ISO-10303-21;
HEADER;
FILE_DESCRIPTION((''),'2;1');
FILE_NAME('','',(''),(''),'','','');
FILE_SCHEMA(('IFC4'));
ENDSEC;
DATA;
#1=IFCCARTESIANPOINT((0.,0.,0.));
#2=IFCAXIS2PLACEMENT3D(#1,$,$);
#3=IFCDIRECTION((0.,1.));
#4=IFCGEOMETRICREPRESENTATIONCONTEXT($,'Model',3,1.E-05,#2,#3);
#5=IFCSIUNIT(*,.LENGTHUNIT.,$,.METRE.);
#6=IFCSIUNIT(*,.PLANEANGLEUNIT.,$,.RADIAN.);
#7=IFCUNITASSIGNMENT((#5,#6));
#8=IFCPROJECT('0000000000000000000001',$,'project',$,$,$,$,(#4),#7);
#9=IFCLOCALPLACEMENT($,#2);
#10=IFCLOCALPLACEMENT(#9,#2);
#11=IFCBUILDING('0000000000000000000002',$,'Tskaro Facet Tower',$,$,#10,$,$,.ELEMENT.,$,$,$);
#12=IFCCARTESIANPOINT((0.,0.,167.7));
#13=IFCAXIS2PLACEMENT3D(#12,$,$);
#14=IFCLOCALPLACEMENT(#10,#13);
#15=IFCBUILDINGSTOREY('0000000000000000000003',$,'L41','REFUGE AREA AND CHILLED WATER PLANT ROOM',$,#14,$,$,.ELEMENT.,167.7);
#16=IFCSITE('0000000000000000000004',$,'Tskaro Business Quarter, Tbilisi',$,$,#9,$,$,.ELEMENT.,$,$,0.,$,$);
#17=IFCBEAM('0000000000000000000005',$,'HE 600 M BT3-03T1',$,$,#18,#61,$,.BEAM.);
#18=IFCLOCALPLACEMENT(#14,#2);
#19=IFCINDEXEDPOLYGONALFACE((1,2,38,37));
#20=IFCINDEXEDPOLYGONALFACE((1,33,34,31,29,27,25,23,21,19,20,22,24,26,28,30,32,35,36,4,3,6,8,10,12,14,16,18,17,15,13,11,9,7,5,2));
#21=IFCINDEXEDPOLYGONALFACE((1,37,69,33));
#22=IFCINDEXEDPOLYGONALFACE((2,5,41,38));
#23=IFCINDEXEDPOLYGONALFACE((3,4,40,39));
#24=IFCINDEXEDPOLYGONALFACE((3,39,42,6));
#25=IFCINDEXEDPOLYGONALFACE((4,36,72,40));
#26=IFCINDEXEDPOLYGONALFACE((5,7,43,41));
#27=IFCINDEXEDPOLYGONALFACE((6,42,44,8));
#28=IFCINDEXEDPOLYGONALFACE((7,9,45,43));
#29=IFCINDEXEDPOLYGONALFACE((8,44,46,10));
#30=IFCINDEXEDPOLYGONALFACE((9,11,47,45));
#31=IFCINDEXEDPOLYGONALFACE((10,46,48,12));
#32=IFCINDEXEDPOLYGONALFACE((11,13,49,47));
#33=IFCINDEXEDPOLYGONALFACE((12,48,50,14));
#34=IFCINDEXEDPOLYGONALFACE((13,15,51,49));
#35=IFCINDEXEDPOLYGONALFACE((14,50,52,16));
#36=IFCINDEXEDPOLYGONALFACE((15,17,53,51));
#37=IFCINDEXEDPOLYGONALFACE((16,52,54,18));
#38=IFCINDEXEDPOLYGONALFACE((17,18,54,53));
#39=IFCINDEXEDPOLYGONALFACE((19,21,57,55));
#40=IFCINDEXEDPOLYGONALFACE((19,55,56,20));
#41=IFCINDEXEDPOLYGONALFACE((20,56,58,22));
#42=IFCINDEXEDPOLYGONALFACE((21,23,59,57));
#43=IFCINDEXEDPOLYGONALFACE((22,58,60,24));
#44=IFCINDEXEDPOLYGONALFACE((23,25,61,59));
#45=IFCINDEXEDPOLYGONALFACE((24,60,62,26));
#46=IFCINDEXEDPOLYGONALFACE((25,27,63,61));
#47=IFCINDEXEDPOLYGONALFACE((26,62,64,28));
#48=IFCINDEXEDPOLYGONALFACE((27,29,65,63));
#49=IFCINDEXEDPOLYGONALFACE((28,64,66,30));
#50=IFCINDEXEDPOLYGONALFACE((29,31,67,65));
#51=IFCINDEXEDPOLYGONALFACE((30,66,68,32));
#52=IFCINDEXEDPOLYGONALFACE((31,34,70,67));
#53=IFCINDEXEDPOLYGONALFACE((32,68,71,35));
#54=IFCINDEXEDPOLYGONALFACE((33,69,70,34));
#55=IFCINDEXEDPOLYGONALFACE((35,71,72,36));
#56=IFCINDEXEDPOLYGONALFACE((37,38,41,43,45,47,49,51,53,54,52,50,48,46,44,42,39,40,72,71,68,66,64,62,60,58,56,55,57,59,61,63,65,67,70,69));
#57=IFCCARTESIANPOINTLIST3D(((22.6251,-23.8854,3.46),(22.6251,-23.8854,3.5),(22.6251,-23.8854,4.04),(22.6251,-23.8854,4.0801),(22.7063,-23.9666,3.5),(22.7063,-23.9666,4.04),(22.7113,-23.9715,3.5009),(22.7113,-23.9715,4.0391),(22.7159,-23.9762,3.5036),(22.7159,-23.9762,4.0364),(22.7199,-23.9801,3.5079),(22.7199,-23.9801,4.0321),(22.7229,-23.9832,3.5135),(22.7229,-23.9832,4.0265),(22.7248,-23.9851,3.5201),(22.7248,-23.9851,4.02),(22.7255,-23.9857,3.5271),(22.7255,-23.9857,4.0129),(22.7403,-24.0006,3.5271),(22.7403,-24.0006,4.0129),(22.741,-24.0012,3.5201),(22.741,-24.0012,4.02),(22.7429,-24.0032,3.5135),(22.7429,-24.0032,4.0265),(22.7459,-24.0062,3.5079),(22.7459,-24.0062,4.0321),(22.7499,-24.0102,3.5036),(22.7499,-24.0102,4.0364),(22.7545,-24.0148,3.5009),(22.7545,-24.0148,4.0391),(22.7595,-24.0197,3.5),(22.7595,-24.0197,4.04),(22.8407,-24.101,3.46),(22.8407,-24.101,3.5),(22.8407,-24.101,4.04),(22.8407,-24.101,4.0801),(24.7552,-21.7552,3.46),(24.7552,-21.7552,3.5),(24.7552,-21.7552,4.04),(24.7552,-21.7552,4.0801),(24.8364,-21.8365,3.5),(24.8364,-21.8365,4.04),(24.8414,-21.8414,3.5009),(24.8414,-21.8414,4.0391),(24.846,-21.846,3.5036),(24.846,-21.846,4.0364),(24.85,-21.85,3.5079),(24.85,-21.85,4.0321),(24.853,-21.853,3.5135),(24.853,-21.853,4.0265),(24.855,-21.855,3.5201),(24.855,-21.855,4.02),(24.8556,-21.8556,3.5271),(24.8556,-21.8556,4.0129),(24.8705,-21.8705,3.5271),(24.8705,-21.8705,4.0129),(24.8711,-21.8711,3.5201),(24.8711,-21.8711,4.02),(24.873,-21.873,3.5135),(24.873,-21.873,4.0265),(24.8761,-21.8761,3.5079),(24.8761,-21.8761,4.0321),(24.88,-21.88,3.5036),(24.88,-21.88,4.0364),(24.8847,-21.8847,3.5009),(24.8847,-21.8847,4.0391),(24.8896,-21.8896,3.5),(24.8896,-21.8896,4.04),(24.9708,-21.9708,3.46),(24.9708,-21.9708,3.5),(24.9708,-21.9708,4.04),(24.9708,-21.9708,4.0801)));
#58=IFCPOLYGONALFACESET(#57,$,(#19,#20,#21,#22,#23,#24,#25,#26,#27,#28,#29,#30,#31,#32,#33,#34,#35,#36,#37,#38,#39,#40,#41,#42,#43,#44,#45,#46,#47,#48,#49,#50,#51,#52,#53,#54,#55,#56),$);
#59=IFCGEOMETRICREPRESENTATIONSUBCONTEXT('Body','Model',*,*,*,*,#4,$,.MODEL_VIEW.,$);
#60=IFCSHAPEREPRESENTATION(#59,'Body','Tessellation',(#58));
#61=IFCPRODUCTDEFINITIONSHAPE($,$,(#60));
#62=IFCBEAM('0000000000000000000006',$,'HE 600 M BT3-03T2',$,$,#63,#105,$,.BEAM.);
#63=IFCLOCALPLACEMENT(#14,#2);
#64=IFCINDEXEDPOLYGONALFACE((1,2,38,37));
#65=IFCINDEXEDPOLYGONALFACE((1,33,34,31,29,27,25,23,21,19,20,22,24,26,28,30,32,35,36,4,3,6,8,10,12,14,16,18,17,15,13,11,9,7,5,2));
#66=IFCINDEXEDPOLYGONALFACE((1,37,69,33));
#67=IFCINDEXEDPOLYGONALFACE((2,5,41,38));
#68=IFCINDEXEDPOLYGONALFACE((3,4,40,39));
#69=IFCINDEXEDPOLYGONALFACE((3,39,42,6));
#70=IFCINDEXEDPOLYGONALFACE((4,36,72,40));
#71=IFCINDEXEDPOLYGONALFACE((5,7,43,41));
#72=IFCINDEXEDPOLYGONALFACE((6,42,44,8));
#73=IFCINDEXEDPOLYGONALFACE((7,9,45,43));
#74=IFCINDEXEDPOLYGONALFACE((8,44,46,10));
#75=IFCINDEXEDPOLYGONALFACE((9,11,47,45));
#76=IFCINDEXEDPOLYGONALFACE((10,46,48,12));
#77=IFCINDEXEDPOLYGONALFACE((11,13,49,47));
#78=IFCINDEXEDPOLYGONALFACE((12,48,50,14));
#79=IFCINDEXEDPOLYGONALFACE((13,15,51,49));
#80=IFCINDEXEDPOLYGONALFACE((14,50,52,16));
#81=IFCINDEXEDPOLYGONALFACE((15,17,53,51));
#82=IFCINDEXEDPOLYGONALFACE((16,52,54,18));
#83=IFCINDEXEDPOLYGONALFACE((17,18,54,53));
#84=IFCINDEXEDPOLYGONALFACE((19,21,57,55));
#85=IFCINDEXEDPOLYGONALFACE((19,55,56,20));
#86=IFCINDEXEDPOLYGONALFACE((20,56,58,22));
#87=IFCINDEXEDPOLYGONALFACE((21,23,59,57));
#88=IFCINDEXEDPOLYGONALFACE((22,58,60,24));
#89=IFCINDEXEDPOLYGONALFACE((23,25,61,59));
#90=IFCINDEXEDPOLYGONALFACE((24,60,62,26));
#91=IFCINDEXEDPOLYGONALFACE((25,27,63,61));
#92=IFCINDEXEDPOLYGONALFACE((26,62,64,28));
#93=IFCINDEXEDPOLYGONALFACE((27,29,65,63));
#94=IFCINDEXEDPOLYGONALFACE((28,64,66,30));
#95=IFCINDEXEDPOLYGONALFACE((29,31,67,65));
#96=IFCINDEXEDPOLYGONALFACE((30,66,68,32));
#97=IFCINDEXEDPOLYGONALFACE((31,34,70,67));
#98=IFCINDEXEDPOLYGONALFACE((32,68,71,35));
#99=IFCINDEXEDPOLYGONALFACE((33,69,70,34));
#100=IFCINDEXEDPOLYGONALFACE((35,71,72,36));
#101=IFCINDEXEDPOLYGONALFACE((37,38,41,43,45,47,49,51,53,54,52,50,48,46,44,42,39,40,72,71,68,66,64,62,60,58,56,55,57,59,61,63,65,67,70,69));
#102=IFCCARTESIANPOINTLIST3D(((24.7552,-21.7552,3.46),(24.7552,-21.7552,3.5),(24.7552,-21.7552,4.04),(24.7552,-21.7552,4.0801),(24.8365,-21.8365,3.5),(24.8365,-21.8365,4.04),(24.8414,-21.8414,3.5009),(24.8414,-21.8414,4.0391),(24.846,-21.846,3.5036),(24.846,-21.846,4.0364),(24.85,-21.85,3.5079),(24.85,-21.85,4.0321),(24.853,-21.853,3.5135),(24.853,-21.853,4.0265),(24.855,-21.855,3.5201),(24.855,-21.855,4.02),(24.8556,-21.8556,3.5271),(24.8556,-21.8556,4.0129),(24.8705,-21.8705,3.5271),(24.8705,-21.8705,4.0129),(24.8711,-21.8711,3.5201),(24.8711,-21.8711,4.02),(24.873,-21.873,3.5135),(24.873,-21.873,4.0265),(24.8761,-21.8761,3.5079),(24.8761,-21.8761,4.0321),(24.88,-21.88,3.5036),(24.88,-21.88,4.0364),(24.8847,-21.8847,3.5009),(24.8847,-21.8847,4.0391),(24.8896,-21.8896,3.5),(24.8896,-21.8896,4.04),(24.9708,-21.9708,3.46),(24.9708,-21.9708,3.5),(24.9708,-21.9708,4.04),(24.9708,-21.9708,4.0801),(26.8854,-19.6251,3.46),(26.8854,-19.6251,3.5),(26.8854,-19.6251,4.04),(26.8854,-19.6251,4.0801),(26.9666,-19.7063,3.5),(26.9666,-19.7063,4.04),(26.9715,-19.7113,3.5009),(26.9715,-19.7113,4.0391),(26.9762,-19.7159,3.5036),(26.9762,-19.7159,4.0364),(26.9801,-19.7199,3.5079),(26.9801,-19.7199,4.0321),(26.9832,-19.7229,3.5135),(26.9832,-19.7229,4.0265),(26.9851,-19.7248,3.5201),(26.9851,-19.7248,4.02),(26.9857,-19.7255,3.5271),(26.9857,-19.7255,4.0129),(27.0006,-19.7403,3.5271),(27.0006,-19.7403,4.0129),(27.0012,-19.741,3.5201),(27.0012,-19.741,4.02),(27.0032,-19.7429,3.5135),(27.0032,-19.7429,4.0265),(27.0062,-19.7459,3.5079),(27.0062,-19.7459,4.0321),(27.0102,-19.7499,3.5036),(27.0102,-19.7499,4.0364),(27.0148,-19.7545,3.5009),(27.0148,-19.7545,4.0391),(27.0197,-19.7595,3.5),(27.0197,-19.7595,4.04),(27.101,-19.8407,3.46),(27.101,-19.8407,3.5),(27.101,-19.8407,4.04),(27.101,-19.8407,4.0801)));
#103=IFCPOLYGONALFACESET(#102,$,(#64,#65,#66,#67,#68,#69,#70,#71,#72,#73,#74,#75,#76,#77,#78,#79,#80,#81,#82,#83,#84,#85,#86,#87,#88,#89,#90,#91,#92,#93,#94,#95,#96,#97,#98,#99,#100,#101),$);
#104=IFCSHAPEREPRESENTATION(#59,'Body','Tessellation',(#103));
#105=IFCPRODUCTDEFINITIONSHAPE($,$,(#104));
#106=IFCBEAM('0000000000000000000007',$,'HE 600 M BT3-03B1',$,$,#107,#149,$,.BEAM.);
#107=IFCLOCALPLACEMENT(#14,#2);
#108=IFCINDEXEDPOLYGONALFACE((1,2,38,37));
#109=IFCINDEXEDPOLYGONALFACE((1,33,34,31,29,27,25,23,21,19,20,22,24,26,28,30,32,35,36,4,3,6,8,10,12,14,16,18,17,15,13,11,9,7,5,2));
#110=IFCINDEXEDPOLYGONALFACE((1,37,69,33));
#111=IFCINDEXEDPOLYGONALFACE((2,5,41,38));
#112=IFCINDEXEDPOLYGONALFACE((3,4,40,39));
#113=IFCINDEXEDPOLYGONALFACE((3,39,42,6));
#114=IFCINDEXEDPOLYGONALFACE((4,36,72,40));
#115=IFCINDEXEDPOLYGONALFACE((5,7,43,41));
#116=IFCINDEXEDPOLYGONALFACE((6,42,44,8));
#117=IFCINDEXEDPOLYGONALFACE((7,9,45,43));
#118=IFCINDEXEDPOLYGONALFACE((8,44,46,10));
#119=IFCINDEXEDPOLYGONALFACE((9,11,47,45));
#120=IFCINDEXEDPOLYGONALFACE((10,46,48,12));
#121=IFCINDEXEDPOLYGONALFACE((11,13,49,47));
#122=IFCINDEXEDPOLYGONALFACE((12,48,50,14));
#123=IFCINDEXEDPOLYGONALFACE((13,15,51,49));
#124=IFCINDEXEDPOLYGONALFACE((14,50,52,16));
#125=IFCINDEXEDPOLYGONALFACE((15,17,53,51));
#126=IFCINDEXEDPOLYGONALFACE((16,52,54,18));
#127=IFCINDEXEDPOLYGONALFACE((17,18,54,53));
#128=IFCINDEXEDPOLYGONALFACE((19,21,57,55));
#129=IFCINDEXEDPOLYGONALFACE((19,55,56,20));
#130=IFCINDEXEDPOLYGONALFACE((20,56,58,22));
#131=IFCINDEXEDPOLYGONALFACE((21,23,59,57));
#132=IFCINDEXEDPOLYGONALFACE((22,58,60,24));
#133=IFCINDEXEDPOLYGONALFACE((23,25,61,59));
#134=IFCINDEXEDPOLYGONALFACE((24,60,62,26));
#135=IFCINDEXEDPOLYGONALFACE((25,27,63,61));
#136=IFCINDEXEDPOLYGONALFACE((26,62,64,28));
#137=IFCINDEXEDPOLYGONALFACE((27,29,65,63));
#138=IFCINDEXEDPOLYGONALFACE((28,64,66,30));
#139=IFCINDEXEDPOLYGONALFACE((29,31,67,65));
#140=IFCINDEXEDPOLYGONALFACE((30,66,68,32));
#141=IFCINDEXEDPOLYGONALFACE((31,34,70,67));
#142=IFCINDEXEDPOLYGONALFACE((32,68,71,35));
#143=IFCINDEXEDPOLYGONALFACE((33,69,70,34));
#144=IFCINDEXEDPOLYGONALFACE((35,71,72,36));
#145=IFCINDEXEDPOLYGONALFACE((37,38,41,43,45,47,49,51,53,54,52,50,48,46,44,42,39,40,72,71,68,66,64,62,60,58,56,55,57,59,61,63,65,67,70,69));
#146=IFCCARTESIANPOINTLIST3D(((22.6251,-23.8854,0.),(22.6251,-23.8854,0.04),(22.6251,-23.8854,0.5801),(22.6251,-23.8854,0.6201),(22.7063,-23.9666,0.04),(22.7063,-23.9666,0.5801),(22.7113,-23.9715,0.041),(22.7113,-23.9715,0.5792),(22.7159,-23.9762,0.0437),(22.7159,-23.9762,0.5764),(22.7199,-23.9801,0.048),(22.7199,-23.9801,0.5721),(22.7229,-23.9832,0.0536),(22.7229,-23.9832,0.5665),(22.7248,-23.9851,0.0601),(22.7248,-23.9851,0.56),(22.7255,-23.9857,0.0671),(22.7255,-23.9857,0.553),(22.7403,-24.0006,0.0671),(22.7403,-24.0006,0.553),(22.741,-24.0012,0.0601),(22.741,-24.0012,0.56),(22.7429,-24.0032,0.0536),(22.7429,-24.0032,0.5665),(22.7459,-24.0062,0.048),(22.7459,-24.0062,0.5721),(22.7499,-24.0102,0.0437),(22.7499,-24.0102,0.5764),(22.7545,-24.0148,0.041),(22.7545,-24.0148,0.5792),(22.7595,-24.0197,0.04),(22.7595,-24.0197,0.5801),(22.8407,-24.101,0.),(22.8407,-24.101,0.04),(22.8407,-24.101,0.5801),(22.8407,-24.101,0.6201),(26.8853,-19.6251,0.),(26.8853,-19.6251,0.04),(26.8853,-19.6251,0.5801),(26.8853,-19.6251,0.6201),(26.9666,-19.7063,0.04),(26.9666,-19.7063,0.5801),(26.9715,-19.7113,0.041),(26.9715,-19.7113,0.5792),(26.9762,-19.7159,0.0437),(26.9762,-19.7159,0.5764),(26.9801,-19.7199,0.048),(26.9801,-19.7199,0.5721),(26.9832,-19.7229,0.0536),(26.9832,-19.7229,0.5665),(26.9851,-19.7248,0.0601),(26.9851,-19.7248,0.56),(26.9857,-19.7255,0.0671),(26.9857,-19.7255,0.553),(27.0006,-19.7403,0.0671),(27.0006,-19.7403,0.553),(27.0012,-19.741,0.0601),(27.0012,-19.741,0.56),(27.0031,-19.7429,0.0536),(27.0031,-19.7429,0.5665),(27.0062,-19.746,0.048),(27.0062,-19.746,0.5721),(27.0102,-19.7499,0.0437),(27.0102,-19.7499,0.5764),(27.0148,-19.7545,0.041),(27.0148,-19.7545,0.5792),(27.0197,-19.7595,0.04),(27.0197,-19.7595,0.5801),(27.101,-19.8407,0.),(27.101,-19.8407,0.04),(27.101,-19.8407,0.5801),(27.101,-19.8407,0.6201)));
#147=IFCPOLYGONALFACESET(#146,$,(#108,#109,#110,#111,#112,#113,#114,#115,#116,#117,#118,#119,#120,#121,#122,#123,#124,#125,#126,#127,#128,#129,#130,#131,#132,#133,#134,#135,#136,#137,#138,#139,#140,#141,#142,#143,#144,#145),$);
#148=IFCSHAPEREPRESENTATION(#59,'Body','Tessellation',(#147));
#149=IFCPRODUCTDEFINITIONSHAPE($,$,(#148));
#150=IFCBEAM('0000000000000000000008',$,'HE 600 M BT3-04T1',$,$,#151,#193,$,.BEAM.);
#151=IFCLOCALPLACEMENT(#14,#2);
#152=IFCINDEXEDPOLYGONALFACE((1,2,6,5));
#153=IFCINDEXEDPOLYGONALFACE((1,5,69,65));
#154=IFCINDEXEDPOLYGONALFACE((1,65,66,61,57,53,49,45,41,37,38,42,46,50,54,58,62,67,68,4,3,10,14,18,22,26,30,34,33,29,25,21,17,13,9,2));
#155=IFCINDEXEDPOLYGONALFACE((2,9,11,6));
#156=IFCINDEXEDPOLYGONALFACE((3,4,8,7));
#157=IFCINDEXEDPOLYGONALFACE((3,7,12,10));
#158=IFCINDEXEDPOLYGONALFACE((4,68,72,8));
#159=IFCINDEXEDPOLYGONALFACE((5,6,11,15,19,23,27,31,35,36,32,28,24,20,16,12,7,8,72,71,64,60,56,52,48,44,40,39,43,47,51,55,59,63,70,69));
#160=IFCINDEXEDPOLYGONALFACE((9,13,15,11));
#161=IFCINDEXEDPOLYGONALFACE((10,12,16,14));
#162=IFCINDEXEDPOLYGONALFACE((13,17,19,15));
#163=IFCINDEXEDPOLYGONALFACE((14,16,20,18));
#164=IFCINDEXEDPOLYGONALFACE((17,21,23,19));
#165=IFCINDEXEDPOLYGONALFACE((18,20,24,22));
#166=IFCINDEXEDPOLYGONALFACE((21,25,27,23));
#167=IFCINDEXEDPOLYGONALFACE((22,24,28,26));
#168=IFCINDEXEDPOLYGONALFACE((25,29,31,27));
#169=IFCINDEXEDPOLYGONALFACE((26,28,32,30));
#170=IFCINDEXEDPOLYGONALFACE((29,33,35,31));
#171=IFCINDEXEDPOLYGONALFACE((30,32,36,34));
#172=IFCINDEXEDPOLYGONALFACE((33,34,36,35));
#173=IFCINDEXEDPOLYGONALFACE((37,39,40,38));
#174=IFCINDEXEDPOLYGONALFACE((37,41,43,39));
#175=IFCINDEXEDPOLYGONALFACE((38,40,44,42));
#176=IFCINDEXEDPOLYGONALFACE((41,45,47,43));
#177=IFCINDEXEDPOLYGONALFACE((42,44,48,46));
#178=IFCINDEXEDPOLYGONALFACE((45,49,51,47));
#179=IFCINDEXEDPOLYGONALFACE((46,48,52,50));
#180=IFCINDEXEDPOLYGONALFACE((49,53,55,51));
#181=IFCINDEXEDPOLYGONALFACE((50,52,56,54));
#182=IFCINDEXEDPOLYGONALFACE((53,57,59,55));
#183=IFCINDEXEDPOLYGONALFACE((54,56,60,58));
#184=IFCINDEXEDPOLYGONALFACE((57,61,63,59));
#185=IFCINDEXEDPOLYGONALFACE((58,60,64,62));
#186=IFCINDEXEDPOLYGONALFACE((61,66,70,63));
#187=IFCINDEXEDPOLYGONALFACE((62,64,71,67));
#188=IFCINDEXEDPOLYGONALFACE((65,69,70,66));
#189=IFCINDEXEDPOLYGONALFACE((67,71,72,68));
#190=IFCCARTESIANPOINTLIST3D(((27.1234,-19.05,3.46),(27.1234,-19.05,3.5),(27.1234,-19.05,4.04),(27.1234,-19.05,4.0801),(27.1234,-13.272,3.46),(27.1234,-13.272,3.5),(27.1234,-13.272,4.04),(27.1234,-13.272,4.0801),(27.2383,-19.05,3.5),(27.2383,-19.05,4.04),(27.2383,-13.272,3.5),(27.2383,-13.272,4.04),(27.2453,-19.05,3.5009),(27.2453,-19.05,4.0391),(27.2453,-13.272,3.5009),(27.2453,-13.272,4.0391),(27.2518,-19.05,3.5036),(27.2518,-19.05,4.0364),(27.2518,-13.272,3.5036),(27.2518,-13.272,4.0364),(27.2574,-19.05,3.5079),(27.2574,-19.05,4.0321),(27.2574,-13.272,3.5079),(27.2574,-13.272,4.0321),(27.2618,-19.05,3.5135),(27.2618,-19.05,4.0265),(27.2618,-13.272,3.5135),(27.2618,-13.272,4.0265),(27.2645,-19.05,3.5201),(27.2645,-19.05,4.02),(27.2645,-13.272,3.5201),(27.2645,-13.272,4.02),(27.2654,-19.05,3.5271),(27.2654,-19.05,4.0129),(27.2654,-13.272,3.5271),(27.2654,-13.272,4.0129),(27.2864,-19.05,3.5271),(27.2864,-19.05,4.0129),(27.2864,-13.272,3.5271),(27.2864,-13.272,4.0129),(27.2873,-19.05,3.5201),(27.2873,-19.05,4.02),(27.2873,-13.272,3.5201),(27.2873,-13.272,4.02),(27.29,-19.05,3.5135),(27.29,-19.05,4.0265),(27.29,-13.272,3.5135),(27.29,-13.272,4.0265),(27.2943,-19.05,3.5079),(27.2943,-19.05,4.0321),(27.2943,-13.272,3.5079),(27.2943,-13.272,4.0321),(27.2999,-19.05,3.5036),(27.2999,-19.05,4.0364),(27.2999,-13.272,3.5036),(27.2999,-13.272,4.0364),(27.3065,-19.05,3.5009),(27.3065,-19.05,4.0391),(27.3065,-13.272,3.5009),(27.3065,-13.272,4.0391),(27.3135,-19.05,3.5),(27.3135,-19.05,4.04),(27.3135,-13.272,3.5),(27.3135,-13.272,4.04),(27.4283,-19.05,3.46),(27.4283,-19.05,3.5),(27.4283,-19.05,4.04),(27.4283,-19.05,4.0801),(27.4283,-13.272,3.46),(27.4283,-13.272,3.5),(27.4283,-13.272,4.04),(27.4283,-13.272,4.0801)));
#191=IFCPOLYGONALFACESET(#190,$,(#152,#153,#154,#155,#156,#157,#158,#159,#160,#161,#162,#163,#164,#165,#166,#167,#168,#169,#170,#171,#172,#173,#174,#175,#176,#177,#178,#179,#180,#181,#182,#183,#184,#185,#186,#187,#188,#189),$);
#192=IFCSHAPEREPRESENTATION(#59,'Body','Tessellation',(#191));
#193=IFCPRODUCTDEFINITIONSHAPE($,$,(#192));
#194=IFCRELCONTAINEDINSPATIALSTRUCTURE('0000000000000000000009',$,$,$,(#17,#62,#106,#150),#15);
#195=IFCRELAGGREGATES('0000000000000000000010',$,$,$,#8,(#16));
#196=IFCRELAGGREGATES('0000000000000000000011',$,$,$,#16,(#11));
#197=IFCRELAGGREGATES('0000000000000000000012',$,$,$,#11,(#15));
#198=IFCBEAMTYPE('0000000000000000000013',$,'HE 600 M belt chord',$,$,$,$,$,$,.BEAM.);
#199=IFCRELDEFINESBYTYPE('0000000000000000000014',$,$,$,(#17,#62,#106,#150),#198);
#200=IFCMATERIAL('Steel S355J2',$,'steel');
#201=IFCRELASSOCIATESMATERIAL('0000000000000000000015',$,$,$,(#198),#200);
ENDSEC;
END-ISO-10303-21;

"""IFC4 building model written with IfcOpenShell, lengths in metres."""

from ifc_helpers import new_model, si_unit, direction, frame, origin, origin_2d, place, context, subcontext, project, spatial, i_section, extrude, material, material_profile, profile_set, type_object, element, save


model = new_model("IFC4")

# Units and contexts
model_context = context("Model", 3, precision=1e-05, world=origin(), true_north=direction((0.0, 1.0)))
body_context = subcontext(model_context, "Body", "Model", "MODEL_VIEW")
ifc_project = project(units=[si_unit("LENGTHUNIT", "METRE"), si_unit("PLANEANGLEUNIT", "RADIAN")], contexts=[model_context])

# Site, building, storey
site_placement = place(None, origin())
site = spatial("IfcSite", under=ifc_project, at=site_placement, Name="Tskaro Business Quarter, Tbilisi", CompositionType="ELEMENT", RefElevation=0.0)
building_placement = place(site_placement, origin())
building = spatial("IfcBuilding", under=site, at=building_placement, Name="Tskaro Facet Tower", CompositionType="ELEMENT")
storey_placement = place(building_placement, frame((0.0, 0.0, 167.7)))
storey = spatial("IfcBuildingStorey", under=building, at=storey_placement, Name="L41", Description="REFUGE AREA AND CHILLED WATER PLANT ROOM", CompositionType="ELEMENT", Elevation=167.7)

# Beams
ifc_material_1 = material(Name="Steel S355J2", Category="steel")
ifc_material_profile_1 = material_profile(ifc_material_1, i_section(OverallWidth=0.3049, OverallDepth=0.6201, WebThickness=0.021, FlangeThickness=0.04, FilletRadius=0.0271, at=origin_2d()), Name="HE 600 M")
ifc_profile_set_1 = profile_set([ifc_material_profile_1], Name="Steel S355J2")
beam_type_1 = type_object("IfcBeamType", Name="HE 600 M belt chord", PredefinedType="BEAM", material=ifc_profile_set_1)
for number, where, z_axis, x_axis, name in (
    (1, (22.7329, -23.9932, 3.77), (0.707107, 0.707107, 0.0), (-0.707107, 0.707107, 0.0), "HE 600 M BT3-03T1"),
    (2, (24.863, -21.863, 3.77), (0.707107, 0.707107, 0.0), (-0.707107, 0.707107, 0.0), "HE 600 M BT3-03T2"),
):
    element("IfcBeam", number, at=place(storey_placement, frame(where, z_axis=z_axis, x_axis=x_axis)), inside=storey, type_object=beam_type_1, Name=name, PredefinedType="BEAM", context=body_context, shape_type="SweptSolid", body=[
        extrude(i_section(OverallWidth=0.3049, OverallDepth=0.6201, WebThickness=0.021, FlangeThickness=0.04, FilletRadius=0.0271, at=origin_2d()), origin(), (0.0, 0.0, 1.0), 3.0125),
    ])
beam_1_placement = place(storey_placement, frame((22.7329, -23.9932, 0.3101), z_axis=(0.707107, 0.707107, 0.0), x_axis=(-0.707107, 0.707107, 0.0)))
element("IfcBeam", 3, at=beam_1_placement, inside=storey, type_object=beam_type_1, Name="HE 600 M BT3-03B1", PredefinedType="BEAM", context=body_context, shape_type="SweptSolid", body=[
    extrude(i_section(OverallWidth=0.3049, OverallDepth=0.6201, WebThickness=0.021, FlangeThickness=0.04, FilletRadius=0.0271, at=origin_2d()), origin(), (0.0, 0.0, 1.0), 6.0249),
])
beam_2_placement = place(storey_placement, frame((27.2759, -19.05, 3.77), z_axis=(0.0, 1.0, 0.0), x_axis=(-1.0, 0.0, 0.0)))
element("IfcBeam", 4, at=beam_2_placement, inside=storey, type_object=beam_type_1, Name="HE 600 M BT3-04T1", PredefinedType="BEAM", context=body_context, shape_type="SweptSolid", body=[
    extrude(i_section(OverallWidth=0.3049, OverallDepth=0.6201, WebThickness=0.021, FlangeThickness=0.04, FilletRadius=0.0271, at=origin_2d()), origin(), (0.0, 0.0, 1.0), 5.7781),
])

save(model, "model.ifc")
